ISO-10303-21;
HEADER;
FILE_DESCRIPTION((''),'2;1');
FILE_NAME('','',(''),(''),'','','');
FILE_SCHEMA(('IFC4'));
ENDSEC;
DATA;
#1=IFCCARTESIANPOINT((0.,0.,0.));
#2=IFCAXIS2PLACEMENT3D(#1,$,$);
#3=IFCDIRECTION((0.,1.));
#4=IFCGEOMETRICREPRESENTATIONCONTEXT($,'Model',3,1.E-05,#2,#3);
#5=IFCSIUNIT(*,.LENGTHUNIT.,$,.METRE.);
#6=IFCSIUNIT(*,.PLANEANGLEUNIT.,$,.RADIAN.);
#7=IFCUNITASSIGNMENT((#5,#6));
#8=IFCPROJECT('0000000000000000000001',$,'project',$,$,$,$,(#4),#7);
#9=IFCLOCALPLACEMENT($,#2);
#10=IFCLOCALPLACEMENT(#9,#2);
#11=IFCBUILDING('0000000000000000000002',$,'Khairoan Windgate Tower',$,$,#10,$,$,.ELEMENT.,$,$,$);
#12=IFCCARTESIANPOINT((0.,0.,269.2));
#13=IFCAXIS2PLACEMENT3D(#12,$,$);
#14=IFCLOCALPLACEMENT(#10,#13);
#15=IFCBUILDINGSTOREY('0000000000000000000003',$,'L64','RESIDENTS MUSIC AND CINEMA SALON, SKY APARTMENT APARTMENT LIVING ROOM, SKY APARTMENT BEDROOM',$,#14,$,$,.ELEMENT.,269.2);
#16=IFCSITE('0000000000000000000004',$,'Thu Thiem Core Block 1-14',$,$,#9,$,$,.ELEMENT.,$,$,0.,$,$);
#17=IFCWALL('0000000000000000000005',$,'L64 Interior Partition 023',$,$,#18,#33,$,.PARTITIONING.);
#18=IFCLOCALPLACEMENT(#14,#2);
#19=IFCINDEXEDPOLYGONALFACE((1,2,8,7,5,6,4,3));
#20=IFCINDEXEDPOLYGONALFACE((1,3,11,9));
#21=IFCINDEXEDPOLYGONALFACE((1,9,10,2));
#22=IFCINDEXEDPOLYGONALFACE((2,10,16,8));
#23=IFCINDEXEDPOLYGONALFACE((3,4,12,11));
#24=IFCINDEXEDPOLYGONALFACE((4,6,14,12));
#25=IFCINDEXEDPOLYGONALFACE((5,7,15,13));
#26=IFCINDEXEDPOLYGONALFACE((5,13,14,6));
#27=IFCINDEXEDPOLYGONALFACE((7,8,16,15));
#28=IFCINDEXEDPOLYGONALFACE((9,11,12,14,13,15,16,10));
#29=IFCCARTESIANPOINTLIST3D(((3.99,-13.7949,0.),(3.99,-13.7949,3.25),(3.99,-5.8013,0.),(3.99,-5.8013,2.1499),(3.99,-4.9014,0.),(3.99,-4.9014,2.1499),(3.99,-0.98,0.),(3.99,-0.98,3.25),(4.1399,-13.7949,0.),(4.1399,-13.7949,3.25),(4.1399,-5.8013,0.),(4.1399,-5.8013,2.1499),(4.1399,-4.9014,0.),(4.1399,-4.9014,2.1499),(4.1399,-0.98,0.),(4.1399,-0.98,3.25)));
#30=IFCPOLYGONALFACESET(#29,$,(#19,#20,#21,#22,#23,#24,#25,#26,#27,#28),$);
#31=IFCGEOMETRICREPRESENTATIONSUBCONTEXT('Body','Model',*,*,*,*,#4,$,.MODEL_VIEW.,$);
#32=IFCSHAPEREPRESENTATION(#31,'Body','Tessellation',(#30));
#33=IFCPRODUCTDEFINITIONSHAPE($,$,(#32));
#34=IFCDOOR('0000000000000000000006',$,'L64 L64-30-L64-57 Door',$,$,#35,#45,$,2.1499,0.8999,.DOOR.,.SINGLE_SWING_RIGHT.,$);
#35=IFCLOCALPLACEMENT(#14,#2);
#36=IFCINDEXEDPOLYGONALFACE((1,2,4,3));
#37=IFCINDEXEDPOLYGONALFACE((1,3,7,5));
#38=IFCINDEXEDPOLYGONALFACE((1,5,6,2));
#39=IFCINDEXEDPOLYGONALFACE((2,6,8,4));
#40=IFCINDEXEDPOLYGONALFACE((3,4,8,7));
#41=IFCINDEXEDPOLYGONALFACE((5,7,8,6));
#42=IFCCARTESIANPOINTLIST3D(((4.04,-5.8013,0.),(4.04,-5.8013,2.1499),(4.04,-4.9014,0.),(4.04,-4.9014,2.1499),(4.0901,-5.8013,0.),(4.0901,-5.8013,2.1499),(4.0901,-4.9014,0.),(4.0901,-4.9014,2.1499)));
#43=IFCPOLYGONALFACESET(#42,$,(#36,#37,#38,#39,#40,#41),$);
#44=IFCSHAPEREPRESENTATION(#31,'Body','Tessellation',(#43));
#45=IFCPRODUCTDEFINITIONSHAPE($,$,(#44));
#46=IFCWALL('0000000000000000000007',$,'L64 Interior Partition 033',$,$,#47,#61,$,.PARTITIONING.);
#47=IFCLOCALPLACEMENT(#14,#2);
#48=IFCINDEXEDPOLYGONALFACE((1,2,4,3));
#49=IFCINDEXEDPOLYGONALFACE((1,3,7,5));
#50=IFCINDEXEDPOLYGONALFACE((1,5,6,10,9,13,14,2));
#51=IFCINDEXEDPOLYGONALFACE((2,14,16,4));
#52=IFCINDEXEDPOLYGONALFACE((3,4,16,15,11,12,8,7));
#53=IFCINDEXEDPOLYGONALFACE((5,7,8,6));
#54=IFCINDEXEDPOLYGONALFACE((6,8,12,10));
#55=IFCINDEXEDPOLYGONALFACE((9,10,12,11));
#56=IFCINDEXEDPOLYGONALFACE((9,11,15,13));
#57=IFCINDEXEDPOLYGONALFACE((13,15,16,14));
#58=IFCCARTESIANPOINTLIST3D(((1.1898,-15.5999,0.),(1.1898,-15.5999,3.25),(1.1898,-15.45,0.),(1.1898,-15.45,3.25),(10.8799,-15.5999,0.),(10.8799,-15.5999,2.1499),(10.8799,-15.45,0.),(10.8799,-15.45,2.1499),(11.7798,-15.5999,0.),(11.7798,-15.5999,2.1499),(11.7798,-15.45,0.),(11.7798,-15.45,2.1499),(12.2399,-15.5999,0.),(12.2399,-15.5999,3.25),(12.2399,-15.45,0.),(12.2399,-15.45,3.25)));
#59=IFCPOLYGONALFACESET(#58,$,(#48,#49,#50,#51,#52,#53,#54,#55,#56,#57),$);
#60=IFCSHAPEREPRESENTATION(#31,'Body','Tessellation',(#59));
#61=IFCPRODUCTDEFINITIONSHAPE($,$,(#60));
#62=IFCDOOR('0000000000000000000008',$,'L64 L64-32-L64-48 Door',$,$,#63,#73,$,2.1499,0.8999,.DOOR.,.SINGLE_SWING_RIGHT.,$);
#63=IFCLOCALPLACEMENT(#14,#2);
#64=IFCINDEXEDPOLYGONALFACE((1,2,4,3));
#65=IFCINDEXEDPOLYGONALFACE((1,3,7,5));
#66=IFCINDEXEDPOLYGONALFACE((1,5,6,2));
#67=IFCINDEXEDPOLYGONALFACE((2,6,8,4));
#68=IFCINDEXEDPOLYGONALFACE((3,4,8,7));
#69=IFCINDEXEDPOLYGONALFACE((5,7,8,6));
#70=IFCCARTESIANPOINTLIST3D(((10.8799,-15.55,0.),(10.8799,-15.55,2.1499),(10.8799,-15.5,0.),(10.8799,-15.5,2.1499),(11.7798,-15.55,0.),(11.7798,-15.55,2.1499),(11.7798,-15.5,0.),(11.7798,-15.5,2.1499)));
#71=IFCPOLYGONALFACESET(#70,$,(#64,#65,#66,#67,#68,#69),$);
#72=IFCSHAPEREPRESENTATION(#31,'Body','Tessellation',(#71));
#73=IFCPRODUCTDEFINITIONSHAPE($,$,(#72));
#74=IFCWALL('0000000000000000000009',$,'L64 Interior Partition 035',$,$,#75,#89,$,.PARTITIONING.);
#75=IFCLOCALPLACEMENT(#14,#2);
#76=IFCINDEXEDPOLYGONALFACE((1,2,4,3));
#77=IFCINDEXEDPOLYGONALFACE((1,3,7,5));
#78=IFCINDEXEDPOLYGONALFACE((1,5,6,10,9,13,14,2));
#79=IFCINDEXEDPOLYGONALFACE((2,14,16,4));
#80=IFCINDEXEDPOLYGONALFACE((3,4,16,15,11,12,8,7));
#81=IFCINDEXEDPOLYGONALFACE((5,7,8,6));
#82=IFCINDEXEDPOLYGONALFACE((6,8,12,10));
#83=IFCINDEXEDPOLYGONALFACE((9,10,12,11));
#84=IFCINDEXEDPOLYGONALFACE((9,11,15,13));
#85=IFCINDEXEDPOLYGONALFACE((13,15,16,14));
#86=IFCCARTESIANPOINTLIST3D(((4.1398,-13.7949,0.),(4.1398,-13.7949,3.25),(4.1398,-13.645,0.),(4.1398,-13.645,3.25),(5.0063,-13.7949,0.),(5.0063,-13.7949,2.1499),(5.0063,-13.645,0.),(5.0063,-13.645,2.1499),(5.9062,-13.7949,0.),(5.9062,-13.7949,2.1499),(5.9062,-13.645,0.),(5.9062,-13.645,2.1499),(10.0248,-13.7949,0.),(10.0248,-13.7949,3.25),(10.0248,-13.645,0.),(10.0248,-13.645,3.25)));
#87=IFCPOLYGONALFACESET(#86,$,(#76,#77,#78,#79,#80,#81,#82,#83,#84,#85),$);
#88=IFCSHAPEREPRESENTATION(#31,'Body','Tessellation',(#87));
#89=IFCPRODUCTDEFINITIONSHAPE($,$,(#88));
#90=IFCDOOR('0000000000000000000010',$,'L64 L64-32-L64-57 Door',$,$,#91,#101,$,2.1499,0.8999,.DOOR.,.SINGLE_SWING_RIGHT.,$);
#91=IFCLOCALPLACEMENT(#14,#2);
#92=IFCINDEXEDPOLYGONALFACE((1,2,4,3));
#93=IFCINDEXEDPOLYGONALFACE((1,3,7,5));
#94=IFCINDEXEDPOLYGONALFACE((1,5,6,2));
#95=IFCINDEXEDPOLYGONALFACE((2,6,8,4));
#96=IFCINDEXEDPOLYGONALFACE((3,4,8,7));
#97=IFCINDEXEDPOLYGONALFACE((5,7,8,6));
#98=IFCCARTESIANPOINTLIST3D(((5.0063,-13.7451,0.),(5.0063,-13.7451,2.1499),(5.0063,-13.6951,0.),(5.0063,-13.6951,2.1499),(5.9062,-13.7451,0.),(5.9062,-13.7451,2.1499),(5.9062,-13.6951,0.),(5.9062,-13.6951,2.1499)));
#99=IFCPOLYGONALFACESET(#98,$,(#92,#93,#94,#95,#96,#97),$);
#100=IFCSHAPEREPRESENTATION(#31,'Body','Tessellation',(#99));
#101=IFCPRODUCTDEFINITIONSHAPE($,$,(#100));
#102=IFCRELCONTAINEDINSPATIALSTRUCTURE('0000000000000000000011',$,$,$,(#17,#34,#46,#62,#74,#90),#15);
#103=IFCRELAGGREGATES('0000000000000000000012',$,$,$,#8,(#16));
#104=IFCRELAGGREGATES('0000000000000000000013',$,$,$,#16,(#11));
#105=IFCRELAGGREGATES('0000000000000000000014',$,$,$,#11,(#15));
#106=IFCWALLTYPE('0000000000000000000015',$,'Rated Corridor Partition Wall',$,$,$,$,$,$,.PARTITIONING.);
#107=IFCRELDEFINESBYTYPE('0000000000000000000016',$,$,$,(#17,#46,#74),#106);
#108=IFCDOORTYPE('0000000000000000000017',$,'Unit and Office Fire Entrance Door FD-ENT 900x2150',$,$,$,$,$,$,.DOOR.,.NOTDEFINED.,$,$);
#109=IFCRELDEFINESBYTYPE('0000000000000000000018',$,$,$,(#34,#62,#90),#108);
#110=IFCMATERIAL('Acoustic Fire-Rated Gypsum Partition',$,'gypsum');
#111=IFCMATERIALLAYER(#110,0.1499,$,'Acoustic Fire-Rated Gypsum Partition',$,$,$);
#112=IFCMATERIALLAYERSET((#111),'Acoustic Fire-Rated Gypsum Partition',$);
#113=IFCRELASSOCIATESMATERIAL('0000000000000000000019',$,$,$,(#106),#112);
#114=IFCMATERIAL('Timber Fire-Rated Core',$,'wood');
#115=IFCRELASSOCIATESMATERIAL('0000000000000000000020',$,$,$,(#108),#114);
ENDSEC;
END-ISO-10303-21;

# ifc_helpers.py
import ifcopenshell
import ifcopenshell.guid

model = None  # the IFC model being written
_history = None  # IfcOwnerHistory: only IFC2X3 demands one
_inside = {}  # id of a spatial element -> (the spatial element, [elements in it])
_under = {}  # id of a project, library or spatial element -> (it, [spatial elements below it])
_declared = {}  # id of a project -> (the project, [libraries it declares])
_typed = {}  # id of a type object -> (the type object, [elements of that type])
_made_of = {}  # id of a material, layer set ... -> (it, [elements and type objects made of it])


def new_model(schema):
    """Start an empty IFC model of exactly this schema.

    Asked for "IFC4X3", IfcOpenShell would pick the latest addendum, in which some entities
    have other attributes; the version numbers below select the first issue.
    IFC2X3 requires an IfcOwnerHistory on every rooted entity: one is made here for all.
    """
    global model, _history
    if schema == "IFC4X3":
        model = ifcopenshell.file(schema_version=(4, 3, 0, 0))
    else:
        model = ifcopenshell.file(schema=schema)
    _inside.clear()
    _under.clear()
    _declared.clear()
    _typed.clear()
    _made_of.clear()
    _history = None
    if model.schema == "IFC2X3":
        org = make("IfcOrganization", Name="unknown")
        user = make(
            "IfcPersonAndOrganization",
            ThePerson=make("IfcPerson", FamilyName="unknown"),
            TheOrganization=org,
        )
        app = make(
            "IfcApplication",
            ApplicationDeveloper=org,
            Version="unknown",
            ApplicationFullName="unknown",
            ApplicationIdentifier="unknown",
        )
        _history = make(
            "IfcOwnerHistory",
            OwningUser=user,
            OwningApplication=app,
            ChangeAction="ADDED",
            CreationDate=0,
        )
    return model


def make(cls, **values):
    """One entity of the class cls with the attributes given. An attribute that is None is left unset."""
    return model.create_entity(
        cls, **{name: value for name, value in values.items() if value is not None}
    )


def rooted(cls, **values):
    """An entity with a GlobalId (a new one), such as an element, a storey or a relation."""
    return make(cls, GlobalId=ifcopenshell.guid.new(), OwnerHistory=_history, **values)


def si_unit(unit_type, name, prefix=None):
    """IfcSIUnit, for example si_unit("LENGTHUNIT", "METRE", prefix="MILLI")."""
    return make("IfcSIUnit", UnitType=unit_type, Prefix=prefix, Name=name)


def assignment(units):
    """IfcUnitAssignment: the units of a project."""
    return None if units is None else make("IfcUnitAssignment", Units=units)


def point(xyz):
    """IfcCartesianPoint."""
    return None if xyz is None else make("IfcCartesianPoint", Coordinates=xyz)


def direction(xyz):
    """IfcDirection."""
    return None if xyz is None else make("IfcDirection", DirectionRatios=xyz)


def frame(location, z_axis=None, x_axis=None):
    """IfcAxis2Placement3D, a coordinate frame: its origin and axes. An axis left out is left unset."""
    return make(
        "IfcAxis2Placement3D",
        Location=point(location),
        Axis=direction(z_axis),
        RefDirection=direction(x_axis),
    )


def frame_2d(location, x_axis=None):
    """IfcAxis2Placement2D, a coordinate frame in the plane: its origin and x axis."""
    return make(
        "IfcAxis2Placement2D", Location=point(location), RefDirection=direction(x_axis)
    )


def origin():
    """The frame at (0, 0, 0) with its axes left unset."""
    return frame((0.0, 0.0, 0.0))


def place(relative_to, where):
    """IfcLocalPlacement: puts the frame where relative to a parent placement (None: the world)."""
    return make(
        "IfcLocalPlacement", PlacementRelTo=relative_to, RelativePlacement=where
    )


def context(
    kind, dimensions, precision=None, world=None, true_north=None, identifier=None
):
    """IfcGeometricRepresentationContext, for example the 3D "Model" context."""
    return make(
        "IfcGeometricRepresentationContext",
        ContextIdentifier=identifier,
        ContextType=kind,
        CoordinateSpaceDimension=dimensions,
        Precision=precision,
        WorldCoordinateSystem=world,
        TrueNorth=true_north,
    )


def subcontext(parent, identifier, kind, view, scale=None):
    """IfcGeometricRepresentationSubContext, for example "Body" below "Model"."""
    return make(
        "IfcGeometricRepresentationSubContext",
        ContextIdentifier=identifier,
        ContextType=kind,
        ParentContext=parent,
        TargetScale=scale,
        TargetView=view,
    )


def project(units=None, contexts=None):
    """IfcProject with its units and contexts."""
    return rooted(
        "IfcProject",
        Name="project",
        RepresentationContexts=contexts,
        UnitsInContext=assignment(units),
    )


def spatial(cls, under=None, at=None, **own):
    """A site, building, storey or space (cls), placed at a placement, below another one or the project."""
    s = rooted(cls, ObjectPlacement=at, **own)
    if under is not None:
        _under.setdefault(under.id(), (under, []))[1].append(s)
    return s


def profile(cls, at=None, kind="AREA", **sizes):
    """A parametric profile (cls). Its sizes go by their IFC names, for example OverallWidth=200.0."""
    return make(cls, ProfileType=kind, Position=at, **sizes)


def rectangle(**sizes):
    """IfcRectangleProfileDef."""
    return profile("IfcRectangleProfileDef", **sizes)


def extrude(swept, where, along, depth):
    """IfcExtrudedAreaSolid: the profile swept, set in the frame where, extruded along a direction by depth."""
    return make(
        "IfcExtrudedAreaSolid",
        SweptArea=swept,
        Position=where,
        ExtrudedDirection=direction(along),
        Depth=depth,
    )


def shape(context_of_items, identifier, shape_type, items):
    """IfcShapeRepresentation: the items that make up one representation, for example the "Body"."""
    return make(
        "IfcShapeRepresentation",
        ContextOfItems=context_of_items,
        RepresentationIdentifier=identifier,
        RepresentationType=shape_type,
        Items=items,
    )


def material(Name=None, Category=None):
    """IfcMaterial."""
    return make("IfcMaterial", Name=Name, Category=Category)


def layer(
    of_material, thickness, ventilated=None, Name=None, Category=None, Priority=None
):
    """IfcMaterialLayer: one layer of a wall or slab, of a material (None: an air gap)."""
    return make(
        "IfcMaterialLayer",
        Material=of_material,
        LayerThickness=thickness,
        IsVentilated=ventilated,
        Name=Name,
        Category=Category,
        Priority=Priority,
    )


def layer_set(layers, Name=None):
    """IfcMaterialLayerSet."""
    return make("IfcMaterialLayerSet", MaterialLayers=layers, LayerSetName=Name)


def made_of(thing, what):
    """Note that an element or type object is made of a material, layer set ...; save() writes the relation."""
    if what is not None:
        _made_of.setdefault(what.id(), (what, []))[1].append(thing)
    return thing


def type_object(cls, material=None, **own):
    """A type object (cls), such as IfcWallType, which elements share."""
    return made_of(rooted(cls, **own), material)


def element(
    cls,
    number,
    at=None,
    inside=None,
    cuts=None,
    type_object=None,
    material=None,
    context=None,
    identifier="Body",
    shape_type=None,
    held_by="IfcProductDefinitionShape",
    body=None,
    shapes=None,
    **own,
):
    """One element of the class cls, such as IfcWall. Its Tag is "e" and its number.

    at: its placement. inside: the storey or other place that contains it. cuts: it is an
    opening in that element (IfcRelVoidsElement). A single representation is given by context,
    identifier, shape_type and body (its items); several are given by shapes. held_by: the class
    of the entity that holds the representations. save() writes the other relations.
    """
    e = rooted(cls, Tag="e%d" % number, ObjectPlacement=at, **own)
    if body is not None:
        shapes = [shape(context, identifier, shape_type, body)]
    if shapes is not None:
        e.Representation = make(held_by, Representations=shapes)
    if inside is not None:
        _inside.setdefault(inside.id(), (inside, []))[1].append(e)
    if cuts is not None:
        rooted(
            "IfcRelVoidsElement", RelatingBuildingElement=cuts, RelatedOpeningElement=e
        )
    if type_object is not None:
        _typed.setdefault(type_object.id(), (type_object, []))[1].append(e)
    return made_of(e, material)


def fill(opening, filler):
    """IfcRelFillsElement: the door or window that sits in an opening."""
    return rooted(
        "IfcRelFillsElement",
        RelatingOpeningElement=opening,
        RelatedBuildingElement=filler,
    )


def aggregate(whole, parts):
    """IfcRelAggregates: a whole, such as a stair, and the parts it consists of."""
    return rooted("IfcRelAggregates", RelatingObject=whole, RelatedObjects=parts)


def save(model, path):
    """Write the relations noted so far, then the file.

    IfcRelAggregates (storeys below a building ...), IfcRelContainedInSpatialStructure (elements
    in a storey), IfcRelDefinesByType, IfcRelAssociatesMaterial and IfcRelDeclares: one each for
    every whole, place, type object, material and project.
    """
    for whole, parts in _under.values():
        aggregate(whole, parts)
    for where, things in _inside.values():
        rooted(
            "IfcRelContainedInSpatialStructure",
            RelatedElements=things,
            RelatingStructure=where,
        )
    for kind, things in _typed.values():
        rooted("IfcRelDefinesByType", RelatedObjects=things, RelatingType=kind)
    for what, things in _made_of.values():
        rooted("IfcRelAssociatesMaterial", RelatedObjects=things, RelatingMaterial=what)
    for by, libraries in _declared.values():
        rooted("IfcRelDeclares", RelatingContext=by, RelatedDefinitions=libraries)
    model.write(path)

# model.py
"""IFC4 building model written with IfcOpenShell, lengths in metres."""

from ifc_helpers import new_model, si_unit, direction, frame, frame_2d, origin, place, context, subcontext, project, spatial, rectangle, extrude, material, layer, layer_set, type_object, element, fill, save


model = new_model("IFC4")

# Units and contexts
model_context = context("Model", 3, precision=1e-05, world=origin(), true_north=direction((0.0, 1.0)))
body_context = subcontext(model_context, "Body", "Model", "MODEL_VIEW")
ifc_project = project(units=[si_unit("LENGTHUNIT", "METRE"), si_unit("PLANEANGLEUNIT", "RADIAN")], contexts=[model_context])

# Site, building, storey
site_placement = place(None, origin())
site = spatial("IfcSite", under=ifc_project, at=site_placement, Name="Thu Thiem Core Block 1-14", CompositionType="ELEMENT", RefElevation=0.0)
building_placement = place(site_placement, origin())
building = spatial("IfcBuilding", under=site, at=building_placement, Name="Khairoan Windgate Tower", CompositionType="ELEMENT")
storey_placement = place(building_placement, frame((0.0, 0.0, 269.2)))
storey = spatial("IfcBuildingStorey", under=building, at=storey_placement, Name="L64", Description="RESIDENTS MUSIC AND CINEMA SALON, SKY APARTMENT APARTMENT LIVING ROOM, SKY APARTMENT BEDROOM", CompositionType="ELEMENT", Elevation=269.2)

# Walls, openings, doors
ifc_material_1 = material(Name="Acoustic Fire-Rated Gypsum Partition", Category="gypsum")
ifc_layer_1 = layer(ifc_material_1, 0.1499, Name="Acoustic Fire-Rated Gypsum Partition")
ifc_layer_set_1 = layer_set([ifc_layer_1], Name="Acoustic Fire-Rated Gypsum Partition")
wall_type_1 = type_object("IfcWallType", Name="Rated Corridor Partition Wall", PredefinedType="PARTITIONING", material=ifc_layer_set_1)
ifc_material_2 = material(Name="Timber Fire-Rated Core", Category="wood")
door_type_1 = type_object("IfcDoorType", Name="Unit and Office Fire Entrance Door FD-ENT 900x2150", OperationType="NOTDEFINED", PredefinedType="DOOR", material=ifc_material_2)
wall_1_placement = place(storey_placement, frame((4.0649, -13.7949, 0.0), z_axis=(0.0, 0.0, 1.0), x_axis=(0.0, 1.0, 0.0)))
wall_1 = element("IfcWall", 1, at=wall_1_placement, inside=storey, type_object=wall_type_1, Name="L64 Interior Partition 023", PredefinedType="PARTITIONING", context=body_context, shape_type="SweptSolid", body=[
    extrude(rectangle(XDim=12.8149, YDim=0.1499, at=frame_2d((6.4075, 0.0))), origin(), (0.0, 0.0, 1.0), 3.25),
])
opening_1_placement = place(wall_1_placement, frame((7.9937, 0.0, 0.0)))
opening_1 = element("IfcOpeningElement", 2, at=opening_1_placement, cuts=wall_1, PredefinedType="OPENING", context=body_context, shape_type="SweptSolid", body=[
    extrude(rectangle(XDim=0.8999, YDim=2.1499, at=frame_2d((0.45, 1.075))), frame((0.0, 0.085, 0.0), z_axis=(0.0, -1.0, 0.0), x_axis=(1.0, 0.0, 0.0)), (0.0, 0.0, 1.0), 0.1699),
])
door_1_placement = place(opening_1_placement, origin())
door_1 = element("IfcDoor", 3, at=door_1_placement, inside=storey, type_object=door_type_1, Name="L64 L64-30-L64-57 Door", OperationType="SINGLE_SWING_RIGHT", OverallHeight=2.1499, OverallWidth=0.8999, PredefinedType="DOOR", context=body_context, shape_type="SweptSolid", body=[
    extrude(rectangle(XDim=0.8999, YDim=2.1499, at=frame_2d((0.45, 1.075))), frame((0.0, 0.0249, 0.0), z_axis=(0.0, -1.0, 0.0), x_axis=(1.0, 0.0, 0.0)), (0.0, 0.0, 1.0), 0.05),
])
fill(opening_1, door_1)
wall_2_placement = place(storey_placement, frame((1.1899, -15.5249, 0.0), z_axis=(0.0, 0.0, 1.0), x_axis=(1.0, 0.0, 0.0)))
wall_2 = element("IfcWall", 4, at=wall_2_placement, inside=storey, type_object=wall_type_1, Name="L64 Interior Partition 033", PredefinedType="PARTITIONING", context=body_context, shape_type="SweptSolid", body=[
    extrude(rectangle(XDim=11.05, YDim=0.1499, at=frame_2d((5.5249, 0.0))), origin(), (0.0, 0.0, 1.0), 3.25),
])
opening_2_placement = place(wall_2_placement, frame((9.6899, 0.0, 0.0)))
opening_2 = element("IfcOpeningElement", 5, at=opening_2_placement, cuts=wall_2, PredefinedType="OPENING", context=body_context, shape_type="SweptSolid", body=[
    extrude(rectangle(XDim=0.8999, YDim=2.1499, at=frame_2d((0.45, 1.075))), frame((0.0, 0.085, 0.0), z_axis=(0.0, -1.0, 0.0), x_axis=(1.0, 0.0, 0.0)), (0.0, 0.0, 1.0), 0.1699),
])
door_2_placement = place(opening_2_placement, origin())
door_2 = element("IfcDoor", 6, at=door_2_placement, inside=storey, type_object=door_type_1, Name="L64 L64-32-L64-48 Door", OperationType="SINGLE_SWING_RIGHT", OverallHeight=2.1499, OverallWidth=0.8999, PredefinedType="DOOR", context=body_context, shape_type="SweptSolid", body=[
    extrude(rectangle(XDim=0.8999, YDim=2.1499, at=frame_2d((0.45, 1.075))), frame((0.0, 0.0249, 0.0), z_axis=(0.0, -1.0, 0.0), x_axis=(1.0, 0.0, 0.0)), (0.0, 0.0, 1.0), 0.05),
])
fill(opening_2, door_2)
wall_3_placement = place(storey_placement, frame((4.1399, -13.72, 0.0), z_axis=(0.0, 0.0, 1.0), x_axis=(1.0, 0.0, 0.0)))
wall_3 = element("IfcWall", 7, at=wall_3_placement, inside=storey, type_object=wall_type_1, Name="L64 Interior Partition 035", PredefinedType="PARTITIONING", context=body_context, shape_type="SweptSolid", body=[
    extrude(rectangle(XDim=5.885, YDim=0.1499, at=frame_2d((2.9424, 0.0))), origin(), (0.0, 0.0, 1.0), 3.25),
])
opening_3_placement = place(wall_3_placement, frame((0.8665, 0.0, 0.0)))
opening_3 = element("IfcOpeningElement", 8, at=opening_3_placement, cuts=wall_3, PredefinedType="OPENING", context=body_context, shape_type="SweptSolid", body=[
    extrude(rectangle(XDim=0.8999, YDim=2.1499, at=frame_2d((0.45, 1.075))), frame((0.0, 0.085, 0.0), z_axis=(0.0, -1.0, 0.0), x_axis=(1.0, 0.0, 0.0)), (0.0, 0.0, 1.0), 0.1699),
])
door_3_placement = place(opening_3_placement, origin())
door_3 = element("IfcDoor", 9, at=door_3_placement, inside=storey, type_object=door_type_1, Name="L64 L64-32-L64-57 Door", OperationType="SINGLE_SWING_RIGHT", OverallHeight=2.1499, OverallWidth=0.8999, PredefinedType="DOOR", context=body_context, shape_type="SweptSolid", body=[
    extrude(rectangle(XDim=0.8999, YDim=2.1499, at=frame_2d((0.45, 1.075))), frame((0.0, 0.0249, 0.0), z_axis=(0.0, -1.0, 0.0), x_axis=(1.0, 0.0, 0.0)), (0.0, 0.0, 1.0), 0.05),
])
fill(opening_3, door_3)

save(model, "model.ifc")
